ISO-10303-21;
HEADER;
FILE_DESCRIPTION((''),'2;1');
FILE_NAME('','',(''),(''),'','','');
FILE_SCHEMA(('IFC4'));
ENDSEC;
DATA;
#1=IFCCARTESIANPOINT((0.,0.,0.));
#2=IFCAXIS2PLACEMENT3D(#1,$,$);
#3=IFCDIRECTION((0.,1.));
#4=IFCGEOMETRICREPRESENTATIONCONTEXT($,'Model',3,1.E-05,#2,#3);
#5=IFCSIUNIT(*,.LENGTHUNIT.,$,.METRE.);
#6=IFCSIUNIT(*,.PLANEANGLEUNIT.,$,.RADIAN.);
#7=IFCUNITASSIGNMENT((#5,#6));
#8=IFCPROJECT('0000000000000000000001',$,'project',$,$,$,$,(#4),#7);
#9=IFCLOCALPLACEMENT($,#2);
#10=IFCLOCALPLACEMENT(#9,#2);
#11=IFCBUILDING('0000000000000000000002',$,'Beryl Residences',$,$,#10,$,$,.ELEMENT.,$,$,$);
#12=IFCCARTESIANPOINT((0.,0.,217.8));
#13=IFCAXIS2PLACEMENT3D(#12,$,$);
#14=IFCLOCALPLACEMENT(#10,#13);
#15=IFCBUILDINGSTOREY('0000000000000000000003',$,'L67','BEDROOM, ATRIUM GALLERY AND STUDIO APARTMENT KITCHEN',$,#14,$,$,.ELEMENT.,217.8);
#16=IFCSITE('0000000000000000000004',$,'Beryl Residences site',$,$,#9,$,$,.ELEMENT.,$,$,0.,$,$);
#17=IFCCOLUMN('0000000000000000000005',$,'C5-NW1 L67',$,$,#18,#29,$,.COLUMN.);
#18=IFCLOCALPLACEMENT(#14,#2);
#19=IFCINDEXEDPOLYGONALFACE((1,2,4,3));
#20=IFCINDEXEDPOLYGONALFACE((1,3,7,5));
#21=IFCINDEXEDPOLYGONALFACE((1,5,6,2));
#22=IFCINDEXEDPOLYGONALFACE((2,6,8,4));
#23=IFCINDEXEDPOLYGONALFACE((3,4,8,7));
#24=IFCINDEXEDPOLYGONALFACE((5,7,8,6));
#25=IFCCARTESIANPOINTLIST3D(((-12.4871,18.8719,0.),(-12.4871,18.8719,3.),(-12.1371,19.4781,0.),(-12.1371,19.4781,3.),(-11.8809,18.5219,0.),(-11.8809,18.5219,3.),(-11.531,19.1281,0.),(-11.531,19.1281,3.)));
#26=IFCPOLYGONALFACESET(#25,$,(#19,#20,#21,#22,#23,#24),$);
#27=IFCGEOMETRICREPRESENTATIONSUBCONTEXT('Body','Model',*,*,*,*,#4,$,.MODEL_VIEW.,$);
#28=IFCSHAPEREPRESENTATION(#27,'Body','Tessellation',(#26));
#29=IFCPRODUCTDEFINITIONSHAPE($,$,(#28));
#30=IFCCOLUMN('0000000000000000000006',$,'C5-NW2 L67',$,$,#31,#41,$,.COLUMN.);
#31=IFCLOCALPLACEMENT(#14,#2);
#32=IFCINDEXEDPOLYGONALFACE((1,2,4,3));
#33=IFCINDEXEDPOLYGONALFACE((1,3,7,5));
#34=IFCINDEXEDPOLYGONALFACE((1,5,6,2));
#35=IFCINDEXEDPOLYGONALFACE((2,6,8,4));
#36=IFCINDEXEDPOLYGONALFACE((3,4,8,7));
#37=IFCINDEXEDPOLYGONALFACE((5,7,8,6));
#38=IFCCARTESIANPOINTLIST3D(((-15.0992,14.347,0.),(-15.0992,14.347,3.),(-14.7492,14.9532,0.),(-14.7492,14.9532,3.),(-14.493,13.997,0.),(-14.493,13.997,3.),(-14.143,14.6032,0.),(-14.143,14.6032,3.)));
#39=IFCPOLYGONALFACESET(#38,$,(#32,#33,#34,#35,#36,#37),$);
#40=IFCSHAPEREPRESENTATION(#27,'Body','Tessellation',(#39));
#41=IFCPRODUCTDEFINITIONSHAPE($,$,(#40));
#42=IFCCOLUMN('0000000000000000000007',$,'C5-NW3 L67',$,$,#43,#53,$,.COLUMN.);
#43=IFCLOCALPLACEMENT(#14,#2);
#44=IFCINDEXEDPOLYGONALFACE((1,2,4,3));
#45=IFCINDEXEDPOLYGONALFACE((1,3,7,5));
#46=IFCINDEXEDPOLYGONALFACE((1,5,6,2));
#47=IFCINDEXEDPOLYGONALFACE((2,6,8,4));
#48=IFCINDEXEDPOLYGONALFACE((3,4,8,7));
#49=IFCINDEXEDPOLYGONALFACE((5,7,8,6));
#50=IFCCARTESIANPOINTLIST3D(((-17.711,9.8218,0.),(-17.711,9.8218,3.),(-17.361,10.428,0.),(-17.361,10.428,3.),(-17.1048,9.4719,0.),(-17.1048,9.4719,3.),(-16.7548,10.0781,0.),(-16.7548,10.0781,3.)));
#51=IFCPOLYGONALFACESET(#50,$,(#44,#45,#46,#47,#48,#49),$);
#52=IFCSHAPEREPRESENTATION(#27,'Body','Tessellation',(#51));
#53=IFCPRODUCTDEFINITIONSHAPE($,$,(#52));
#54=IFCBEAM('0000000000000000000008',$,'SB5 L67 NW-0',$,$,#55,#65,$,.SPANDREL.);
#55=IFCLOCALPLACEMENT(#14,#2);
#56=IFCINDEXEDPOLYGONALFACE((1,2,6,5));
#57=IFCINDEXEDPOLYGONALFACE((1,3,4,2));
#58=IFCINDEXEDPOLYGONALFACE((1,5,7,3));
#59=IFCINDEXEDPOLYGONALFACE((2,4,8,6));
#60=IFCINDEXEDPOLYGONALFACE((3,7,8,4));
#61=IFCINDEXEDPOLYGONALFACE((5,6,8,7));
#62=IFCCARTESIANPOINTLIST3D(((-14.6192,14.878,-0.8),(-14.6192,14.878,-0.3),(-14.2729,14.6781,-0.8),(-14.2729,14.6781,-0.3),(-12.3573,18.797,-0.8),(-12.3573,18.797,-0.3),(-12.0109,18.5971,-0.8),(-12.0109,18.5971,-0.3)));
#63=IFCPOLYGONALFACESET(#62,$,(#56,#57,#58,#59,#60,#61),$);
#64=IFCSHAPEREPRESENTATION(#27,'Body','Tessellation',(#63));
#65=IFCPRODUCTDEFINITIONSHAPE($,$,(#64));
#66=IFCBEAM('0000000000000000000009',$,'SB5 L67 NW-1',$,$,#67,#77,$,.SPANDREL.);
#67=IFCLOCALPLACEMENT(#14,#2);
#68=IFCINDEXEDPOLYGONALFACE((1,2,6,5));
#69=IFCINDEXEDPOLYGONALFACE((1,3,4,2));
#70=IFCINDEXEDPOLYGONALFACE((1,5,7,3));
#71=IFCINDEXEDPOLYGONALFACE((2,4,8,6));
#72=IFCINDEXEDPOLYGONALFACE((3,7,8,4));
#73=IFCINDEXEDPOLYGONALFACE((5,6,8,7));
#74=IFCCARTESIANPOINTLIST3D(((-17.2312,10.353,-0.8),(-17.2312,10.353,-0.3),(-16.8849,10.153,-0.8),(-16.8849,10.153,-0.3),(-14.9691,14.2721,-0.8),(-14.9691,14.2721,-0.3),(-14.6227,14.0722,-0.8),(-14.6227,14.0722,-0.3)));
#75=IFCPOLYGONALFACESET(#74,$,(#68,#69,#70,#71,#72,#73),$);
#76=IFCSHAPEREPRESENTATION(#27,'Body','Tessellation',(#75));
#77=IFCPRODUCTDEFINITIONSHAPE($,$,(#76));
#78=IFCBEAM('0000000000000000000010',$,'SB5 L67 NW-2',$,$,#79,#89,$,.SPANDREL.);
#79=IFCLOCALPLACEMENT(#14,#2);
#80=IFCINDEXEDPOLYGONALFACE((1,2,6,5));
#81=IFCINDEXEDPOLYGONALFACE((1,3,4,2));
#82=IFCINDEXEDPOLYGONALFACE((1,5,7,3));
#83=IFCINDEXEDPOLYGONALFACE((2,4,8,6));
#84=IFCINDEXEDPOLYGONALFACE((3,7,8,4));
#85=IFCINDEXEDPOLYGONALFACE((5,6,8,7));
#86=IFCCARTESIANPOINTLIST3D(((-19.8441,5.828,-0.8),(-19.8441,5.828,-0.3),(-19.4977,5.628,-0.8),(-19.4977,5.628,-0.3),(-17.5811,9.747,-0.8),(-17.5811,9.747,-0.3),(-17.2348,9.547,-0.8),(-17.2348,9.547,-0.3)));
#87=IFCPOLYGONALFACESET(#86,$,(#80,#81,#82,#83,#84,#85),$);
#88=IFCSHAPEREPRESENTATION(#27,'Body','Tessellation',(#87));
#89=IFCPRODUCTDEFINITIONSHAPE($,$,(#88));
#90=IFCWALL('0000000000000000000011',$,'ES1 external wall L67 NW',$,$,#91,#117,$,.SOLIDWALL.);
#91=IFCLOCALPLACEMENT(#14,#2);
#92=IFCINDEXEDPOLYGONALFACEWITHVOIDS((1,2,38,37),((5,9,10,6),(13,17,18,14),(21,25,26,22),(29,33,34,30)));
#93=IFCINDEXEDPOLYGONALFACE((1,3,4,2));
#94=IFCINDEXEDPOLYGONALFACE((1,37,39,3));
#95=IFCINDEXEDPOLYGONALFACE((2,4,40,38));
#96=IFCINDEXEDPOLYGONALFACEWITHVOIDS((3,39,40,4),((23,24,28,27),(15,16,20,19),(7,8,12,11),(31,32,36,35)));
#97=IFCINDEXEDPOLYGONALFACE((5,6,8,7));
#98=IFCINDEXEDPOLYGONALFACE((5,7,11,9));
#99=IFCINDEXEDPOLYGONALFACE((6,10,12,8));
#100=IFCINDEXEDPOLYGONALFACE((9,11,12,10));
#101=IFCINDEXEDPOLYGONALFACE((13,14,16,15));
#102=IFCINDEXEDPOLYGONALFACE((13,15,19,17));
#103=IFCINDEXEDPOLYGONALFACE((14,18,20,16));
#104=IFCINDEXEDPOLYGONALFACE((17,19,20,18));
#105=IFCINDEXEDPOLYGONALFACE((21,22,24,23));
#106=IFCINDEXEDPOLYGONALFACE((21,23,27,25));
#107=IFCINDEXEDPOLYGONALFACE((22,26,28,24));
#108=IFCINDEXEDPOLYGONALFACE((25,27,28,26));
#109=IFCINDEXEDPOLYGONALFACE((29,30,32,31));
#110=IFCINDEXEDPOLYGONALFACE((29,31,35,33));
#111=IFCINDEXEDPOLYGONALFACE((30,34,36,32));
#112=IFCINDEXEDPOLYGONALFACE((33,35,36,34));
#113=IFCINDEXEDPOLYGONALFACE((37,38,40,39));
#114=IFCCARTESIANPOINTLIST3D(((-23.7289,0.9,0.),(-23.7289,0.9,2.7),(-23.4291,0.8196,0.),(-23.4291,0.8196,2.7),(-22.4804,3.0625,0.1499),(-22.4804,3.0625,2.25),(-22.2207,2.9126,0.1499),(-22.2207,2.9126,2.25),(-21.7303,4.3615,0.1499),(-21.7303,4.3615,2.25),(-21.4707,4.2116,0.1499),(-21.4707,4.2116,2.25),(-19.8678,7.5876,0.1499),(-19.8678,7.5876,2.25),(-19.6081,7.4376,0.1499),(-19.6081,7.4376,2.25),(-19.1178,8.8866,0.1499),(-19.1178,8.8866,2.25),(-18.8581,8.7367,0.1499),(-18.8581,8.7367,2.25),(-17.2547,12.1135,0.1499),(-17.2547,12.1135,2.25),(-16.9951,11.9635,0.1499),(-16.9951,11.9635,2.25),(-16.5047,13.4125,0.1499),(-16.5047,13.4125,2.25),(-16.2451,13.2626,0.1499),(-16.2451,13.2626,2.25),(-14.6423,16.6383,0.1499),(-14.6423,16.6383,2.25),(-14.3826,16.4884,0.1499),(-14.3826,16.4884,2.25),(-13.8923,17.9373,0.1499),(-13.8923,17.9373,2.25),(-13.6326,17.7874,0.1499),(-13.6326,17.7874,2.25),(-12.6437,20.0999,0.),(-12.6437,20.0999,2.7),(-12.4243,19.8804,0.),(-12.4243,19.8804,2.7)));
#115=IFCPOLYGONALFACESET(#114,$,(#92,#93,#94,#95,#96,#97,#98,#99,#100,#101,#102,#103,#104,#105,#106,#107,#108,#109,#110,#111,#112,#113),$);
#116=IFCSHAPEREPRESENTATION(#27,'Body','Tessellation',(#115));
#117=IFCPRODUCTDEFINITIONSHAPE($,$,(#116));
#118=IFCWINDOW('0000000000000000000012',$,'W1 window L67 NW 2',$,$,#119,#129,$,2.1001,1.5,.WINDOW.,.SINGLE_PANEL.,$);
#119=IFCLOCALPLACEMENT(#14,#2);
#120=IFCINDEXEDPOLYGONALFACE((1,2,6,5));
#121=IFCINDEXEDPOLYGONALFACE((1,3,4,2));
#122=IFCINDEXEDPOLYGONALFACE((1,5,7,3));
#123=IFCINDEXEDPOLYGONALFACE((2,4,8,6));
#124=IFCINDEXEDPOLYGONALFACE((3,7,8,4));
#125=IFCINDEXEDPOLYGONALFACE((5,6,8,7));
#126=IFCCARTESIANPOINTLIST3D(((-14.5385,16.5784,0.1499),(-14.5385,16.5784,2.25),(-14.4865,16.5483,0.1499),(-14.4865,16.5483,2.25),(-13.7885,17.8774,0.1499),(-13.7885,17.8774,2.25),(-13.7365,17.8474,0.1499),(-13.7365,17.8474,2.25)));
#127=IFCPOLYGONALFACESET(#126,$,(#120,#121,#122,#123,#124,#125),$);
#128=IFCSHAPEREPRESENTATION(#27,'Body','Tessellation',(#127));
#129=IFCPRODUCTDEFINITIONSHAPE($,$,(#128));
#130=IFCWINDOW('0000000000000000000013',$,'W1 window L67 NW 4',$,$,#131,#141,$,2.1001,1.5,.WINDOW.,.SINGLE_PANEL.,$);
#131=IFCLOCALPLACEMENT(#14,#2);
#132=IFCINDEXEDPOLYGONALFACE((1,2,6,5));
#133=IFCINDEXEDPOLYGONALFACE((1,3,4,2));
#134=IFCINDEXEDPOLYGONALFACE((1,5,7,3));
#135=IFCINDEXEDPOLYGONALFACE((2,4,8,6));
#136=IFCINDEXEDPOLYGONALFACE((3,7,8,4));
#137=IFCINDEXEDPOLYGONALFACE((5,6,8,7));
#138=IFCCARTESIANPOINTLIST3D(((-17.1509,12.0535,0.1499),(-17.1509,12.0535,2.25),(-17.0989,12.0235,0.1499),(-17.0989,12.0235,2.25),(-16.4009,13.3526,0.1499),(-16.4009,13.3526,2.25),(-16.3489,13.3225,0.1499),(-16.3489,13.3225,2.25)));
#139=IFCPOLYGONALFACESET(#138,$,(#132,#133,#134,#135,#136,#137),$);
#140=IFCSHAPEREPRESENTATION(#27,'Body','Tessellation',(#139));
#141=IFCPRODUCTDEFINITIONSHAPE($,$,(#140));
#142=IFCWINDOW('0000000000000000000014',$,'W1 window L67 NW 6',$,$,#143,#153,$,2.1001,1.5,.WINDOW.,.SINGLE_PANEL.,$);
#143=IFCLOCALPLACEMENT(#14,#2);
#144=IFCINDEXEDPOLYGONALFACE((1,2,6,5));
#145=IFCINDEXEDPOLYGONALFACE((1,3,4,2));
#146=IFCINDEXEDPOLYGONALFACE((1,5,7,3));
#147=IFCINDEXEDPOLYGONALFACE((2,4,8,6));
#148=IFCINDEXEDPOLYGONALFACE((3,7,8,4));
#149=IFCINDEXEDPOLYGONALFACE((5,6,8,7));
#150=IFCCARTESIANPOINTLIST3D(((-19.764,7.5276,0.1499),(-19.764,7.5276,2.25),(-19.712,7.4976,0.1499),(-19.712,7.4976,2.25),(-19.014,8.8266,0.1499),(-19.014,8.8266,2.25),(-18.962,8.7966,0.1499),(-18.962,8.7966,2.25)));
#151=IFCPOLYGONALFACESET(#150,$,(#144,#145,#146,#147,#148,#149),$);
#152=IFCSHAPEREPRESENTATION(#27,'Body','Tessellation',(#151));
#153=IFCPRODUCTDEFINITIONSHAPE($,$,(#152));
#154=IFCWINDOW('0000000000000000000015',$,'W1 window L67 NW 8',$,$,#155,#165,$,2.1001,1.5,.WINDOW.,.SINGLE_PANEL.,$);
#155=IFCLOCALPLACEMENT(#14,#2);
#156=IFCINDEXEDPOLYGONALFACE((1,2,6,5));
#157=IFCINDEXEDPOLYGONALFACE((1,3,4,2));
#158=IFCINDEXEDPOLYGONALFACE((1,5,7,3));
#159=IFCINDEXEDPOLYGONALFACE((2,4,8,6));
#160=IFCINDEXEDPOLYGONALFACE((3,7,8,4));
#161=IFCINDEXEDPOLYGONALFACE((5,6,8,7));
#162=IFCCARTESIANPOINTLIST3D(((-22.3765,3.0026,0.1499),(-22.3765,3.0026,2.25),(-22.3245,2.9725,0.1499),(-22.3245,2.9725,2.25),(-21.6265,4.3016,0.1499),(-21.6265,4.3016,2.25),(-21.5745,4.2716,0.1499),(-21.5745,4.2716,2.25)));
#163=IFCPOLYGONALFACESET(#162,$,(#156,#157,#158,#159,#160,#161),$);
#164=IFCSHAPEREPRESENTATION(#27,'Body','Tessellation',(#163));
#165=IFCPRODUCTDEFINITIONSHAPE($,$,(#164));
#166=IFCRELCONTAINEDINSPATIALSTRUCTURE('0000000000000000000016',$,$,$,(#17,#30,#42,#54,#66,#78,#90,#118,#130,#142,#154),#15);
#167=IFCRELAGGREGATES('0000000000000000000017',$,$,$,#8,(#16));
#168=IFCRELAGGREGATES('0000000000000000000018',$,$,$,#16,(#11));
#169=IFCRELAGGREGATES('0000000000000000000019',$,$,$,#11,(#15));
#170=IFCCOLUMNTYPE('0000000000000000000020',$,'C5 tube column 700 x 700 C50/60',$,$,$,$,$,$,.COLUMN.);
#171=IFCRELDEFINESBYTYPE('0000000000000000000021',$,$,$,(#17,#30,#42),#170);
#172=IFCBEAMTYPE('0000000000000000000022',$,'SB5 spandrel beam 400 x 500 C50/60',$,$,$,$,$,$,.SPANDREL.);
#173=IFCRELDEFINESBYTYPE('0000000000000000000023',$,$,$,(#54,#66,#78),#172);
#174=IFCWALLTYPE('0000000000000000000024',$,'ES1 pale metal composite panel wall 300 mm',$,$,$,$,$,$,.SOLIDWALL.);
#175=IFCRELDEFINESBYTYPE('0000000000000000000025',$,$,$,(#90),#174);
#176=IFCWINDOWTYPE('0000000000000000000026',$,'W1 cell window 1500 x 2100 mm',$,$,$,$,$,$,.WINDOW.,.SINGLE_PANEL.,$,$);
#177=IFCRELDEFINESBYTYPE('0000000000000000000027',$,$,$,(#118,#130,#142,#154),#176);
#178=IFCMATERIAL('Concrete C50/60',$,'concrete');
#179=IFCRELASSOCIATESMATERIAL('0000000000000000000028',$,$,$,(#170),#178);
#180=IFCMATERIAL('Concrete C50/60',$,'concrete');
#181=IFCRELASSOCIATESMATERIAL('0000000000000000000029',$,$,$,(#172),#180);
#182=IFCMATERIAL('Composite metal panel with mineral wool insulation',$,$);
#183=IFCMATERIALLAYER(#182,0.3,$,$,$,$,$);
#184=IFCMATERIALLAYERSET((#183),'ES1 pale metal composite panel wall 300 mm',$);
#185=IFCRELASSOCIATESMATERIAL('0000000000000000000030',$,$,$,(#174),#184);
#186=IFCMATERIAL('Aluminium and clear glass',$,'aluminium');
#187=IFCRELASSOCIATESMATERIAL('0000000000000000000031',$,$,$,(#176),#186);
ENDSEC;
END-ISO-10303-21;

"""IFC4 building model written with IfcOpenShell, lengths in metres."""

from ifc_helpers import new_model, si_unit, direction, frame, frame_2d, origin, origin_2d, place, context, subcontext, project, spatial, polyline, rectangle, outline, extrude, material, layer, layer_set, material_profile, profile_set, type_object, element, fill, save


model = new_model("IFC4")

# Units and contexts
model_context = context("Model", 3, precision=1e-05, world=origin(), true_north=direction((0.0, 1.0)))
body_context = subcontext(model_context, "Body", "Model", "MODEL_VIEW")
ifc_project = project(units=[si_unit("LENGTHUNIT", "METRE"), si_unit("PLANEANGLEUNIT", "RADIAN")], contexts=[model_context])

# Site, building, storey
site_placement = place(None, origin())
site = spatial("IfcSite", under=ifc_project, at=site_placement, Name="Beryl Residences site", CompositionType="ELEMENT", RefElevation=0.0)
building_placement = place(site_placement, origin())
building = spatial("IfcBuilding", under=site, at=building_placement, Name="Beryl Residences", CompositionType="ELEMENT")
storey_placement = place(building_placement, frame((0.0, 0.0, 217.8)))
storey = spatial("IfcBuildingStorey", under=building, at=storey_placement, Name="L67", Description="BEDROOM, ATRIUM GALLERY AND STUDIO APARTMENT KITCHEN", CompositionType="ELEMENT", Elevation=217.8)

# Columns
ifc_material_1 = material(Name="Concrete C50/60", Category="concrete")
ifc_material_profile_1 = material_profile(ifc_material_1, rectangle(XDim=0.7, YDim=0.7, at=origin_2d()))
ifc_profile_set_1 = profile_set([ifc_material_profile_1], Name="Concrete C50/60")
column_type = type_object("IfcColumnType", Name="C5 tube column 700 x 700 C50/60", PredefinedType="COLUMN", material=ifc_profile_set_1)
for number, where, z_axis, x_axis, name in (
    (1, (-12.009, 19.0, 0.0), (0.0, 0.0, 1.0), (-0.49997, -0.866043, 0.0), "C5-NW1 L67"),
    (2, (-14.6211, 14.4751, 0.0), (0.0, 0.0, 1.0), (-0.49997, -0.866043, 0.0), "C5-NW2 L67"),
    (3, (-17.2329, 9.95, 0.0), (0.0, 0.0, 1.0), (-0.49997, -0.866043, 0.0), "C5-NW3 L67"),
):
    element("IfcColumn", number, at=place(storey_placement, frame(where, z_axis=z_axis, x_axis=x_axis)), inside=storey, type_object=column_type, Name=name, PredefinedType="COLUMN", context=body_context, shape_type="SweptSolid", body=[
        extrude(rectangle(XDim=0.7, YDim=0.7, at=origin_2d()), origin(), (0.0, 0.0, 1.0), 3.0),
    ])

# Beams
ifc_material_2 = material(Name="Concrete C50/60", Category="concrete")
ifc_material_profile_2 = material_profile(ifc_material_2, rectangle(XDim=0.3999, YDim=0.5, at=origin_2d()))
ifc_profile_set_2 = profile_set([ifc_material_profile_2], Name="Concrete C50/60")
beam_type = type_object("IfcBeamType", Name="SB5 spandrel beam 400 x 500 C50/60", PredefinedType="SPANDREL", material=ifc_profile_set_2)
beam_1_placement = place(storey_placement, frame((-12.1841, 18.697, -0.55), z_axis=(-0.499894, -0.866087, 0.0), x_axis=(0.866087, -0.499894, 0.0)))
element("IfcBeam", 4, at=beam_1_placement, inside=storey, type_object=beam_type, Name="SB5 L67 NW-0", PredefinedType="SPANDREL", context=body_context, shape_type="SweptSolid", body=[
    extrude(rectangle(XDim=0.3999, YDim=0.5, at=origin_2d()), origin(), (0.0, 0.0, 1.0), 4.5249),
])
beam_2_placement = place(storey_placement, frame((-14.7959, 14.1721, -0.55), z_axis=(-0.499911, -0.866077, 0.0), x_axis=(0.866077, -0.499911, 0.0)))
element("IfcBeam", 5, at=beam_2_placement, inside=storey, type_object=beam_type, Name="SB5 L67 NW-1", PredefinedType="SPANDREL", context=body_context, shape_type="SweptSolid", body=[
    extrude(rectangle(XDim=0.3999, YDim=0.5, at=origin_2d()), origin(), (0.0, 0.0, 1.0), 4.5251),
])
beam_3_placement = place(storey_placement, frame((-17.408, 9.647, -0.55), z_axis=(-0.500056, -0.865993, 0.0), x_axis=(0.865993, -0.500056, 0.0)))
element("IfcBeam", 6, at=beam_3_placement, inside=storey, type_object=beam_type, Name="SB5 L67 NW-2", PredefinedType="SPANDREL", context=body_context, shape_type="SweptSolid", body=[
    extrude(rectangle(XDim=0.3999, YDim=0.5, at=origin_2d()), origin(), (0.0, 0.0, 1.0), 4.5254),
])

# Wall, openings, windows
ifc_material_3 = material(Name="Composite metal panel with mineral wool insulation")
ifc_layer_1 = layer(ifc_material_3, 0.3)
ifc_layer_set_1 = layer_set([ifc_layer_1], Name="ES1 pale metal composite panel wall 300 mm")
wall_type_1 = type_object("IfcWallType", Name="ES1 pale metal composite panel wall 300 mm", PredefinedType="SOLIDWALL", material=ifc_layer_set_1)
wall_1_placement = place(storey_placement, frame((-12.5139, 20.0249, 0.0), z_axis=(0.0, 0.0, 1.0), x_axis=(-0.500004, -0.866023, 0.0)))
wall_1 = element("IfcWall", 7, at=wall_1_placement, inside=storey, type_object=wall_type_1, Name="ES1 external wall L67 NW", PredefinedType="SOLIDWALL", context=body_context, shape_type="SweptSolid", body=[
    extrude(outline(polyline([(0.0, -0.1499), (22.1702, -0.1499), (22.0898, 0.1499), (0.0803, 0.1499), (0.0, -0.1499)])), origin(), (0.0, 0.0, 1.0), 2.7),
])
opening_1_placement = place(wall_1_placement, frame((2.4971, 0.0, 0.1499)))
opening_1 = element("IfcOpeningElement", 8, at=opening_1_placement, cuts=wall_1, PredefinedType="OPENING", context=body_context, shape_type="SweptSolid", body=[
    extrude(rectangle(XDim=1.5, YDim=2.1001, at=frame_2d((0.75, 1.05))), frame((0.0, 0.1599, 0.0), z_axis=(0.0, -1.0, 0.0), x_axis=(1.0, 0.0, 0.0)), (0.0, 0.0, 1.0), 0.3201),
])
opening_2_placement = place(wall_1_placement, frame((7.7219, 0.0, 0.1499)))
opening_2 = element("IfcOpeningElement", 9, at=opening_2_placement, cuts=wall_1, PredefinedType="OPENING", context=body_context, shape_type="SweptSolid", body=[
    extrude(rectangle(XDim=1.5, YDim=2.1001, at=frame_2d((0.75, 1.05))), frame((0.0, 0.1599, 0.0), z_axis=(0.0, -1.0, 0.0), x_axis=(1.0, 0.0, 0.0)), (0.0, 0.0, 1.0), 0.3201),
])
opening_3_placement = place(wall_1_placement, frame((12.948, 0.0, 0.1499)))
opening_3 = element("IfcOpeningElement", 10, at=opening_3_placement, cuts=wall_1, PredefinedType="OPENING", context=body_context, shape_type="SweptSolid", body=[
    extrude(rectangle(XDim=1.5, YDim=2.1001, at=frame_2d((0.75, 1.05))), frame((0.0, 0.1599, 0.0), z_axis=(0.0, -1.0, 0.0), x_axis=(1.0, 0.0, 0.0)), (0.0, 0.0, 1.0), 0.3201),
])
opening_4_placement = place(wall_1_placement, frame((18.1731, 0.0, 0.1499)))
opening_4 = element("IfcOpeningElement", 11, at=opening_4_placement, cuts=wall_1, PredefinedType="OPENING", context=body_context, shape_type="SweptSolid", body=[
    extrude(rectangle(XDim=1.5, YDim=2.1001, at=frame_2d((0.75, 1.05))), frame((0.0, 0.1599, 0.0), z_axis=(0.0, -1.0, 0.0), x_axis=(1.0, 0.0, 0.0)), (0.0, 0.0, 1.0), 0.3201),
])
ifc_material_4 = material(Name="Aluminium and clear glass", Category="aluminium")
window_type = type_object("IfcWindowType", Name="W1 cell window 1500 x 2100 mm", PartitioningType="SINGLE_PANEL", PredefinedType="WINDOW", material=ifc_material_4)
window_1_placement = place(opening_1_placement, origin())
window_1 = element("IfcWindow", 12, at=window_1_placement, inside=storey, type_object=window_type, Name="W1 window L67 NW 2", OverallHeight=2.1001, OverallWidth=1.5, PartitioningType="SINGLE_PANEL", PredefinedType="WINDOW", context=body_context, shape_type="SweptSolid", body=[
    extrude(rectangle(XDim=1.5, YDim=2.1001, at=frame_2d((0.75, 1.05))), frame((0.0, 0.03, 0.0), z_axis=(0.0, -1.0, 0.0), x_axis=(1.0, 0.0, 0.0)), (0.0, 0.0, 1.0), 0.0601),
])
fill(opening_1, window_1)
window_2_placement = place(opening_2_placement, origin())
window_2 = element("IfcWindow", 13, at=window_2_placement, inside=storey, type_object=window_type, Name="W1 window L67 NW 4", OverallHeight=2.1001, OverallWidth=1.5, PartitioningType="SINGLE_PANEL", PredefinedType="WINDOW", context=body_context, shape_type="SweptSolid", body=[
    extrude(rectangle(XDim=1.5, YDim=2.1001, at=frame_2d((0.75, 1.05))), frame((0.0, 0.03, 0.0), z_axis=(0.0, -1.0, 0.0), x_axis=(1.0, 0.0, 0.0)), (0.0, 0.0, 1.0), 0.0601),
])
fill(opening_2, window_2)
window_3_placement = place(opening_3_placement, origin())
window_3 = element("IfcWindow", 14, at=window_3_placement, inside=storey, type_object=window_type, Name="W1 window L67 NW 6", OverallHeight=2.1001, OverallWidth=1.5, PartitioningType="SINGLE_PANEL", PredefinedType="WINDOW", context=body_context, shape_type="SweptSolid", body=[
    extrude(rectangle(XDim=1.5, YDim=2.1001, at=frame_2d((0.75, 1.05))), frame((0.0, 0.03, 0.0), z_axis=(0.0, -1.0, 0.0), x_axis=(1.0, 0.0, 0.0)), (0.0, 0.0, 1.0), 0.0601),
])
fill(opening_3, window_3)
window_4_placement = place(opening_4_placement, origin())
window_4 = element("IfcWindow", 15, at=window_4_placement, inside=storey, type_object=window_type, Name="W1 window L67 NW 8", OverallHeight=2.1001, OverallWidth=1.5, PartitioningType="SINGLE_PANEL", PredefinedType="WINDOW", context=body_context, shape_type="SweptSolid", body=[
    extrude(rectangle(XDim=1.5, YDim=2.1001, at=frame_2d((0.75, 1.05))), frame((0.0, 0.03, 0.0), z_axis=(0.0, -1.0, 0.0), x_axis=(1.0, 0.0, 0.0)), (0.0, 0.0, 1.0), 0.0601),
])
fill(opening_4, window_4)

save(model, "model.ifc")
